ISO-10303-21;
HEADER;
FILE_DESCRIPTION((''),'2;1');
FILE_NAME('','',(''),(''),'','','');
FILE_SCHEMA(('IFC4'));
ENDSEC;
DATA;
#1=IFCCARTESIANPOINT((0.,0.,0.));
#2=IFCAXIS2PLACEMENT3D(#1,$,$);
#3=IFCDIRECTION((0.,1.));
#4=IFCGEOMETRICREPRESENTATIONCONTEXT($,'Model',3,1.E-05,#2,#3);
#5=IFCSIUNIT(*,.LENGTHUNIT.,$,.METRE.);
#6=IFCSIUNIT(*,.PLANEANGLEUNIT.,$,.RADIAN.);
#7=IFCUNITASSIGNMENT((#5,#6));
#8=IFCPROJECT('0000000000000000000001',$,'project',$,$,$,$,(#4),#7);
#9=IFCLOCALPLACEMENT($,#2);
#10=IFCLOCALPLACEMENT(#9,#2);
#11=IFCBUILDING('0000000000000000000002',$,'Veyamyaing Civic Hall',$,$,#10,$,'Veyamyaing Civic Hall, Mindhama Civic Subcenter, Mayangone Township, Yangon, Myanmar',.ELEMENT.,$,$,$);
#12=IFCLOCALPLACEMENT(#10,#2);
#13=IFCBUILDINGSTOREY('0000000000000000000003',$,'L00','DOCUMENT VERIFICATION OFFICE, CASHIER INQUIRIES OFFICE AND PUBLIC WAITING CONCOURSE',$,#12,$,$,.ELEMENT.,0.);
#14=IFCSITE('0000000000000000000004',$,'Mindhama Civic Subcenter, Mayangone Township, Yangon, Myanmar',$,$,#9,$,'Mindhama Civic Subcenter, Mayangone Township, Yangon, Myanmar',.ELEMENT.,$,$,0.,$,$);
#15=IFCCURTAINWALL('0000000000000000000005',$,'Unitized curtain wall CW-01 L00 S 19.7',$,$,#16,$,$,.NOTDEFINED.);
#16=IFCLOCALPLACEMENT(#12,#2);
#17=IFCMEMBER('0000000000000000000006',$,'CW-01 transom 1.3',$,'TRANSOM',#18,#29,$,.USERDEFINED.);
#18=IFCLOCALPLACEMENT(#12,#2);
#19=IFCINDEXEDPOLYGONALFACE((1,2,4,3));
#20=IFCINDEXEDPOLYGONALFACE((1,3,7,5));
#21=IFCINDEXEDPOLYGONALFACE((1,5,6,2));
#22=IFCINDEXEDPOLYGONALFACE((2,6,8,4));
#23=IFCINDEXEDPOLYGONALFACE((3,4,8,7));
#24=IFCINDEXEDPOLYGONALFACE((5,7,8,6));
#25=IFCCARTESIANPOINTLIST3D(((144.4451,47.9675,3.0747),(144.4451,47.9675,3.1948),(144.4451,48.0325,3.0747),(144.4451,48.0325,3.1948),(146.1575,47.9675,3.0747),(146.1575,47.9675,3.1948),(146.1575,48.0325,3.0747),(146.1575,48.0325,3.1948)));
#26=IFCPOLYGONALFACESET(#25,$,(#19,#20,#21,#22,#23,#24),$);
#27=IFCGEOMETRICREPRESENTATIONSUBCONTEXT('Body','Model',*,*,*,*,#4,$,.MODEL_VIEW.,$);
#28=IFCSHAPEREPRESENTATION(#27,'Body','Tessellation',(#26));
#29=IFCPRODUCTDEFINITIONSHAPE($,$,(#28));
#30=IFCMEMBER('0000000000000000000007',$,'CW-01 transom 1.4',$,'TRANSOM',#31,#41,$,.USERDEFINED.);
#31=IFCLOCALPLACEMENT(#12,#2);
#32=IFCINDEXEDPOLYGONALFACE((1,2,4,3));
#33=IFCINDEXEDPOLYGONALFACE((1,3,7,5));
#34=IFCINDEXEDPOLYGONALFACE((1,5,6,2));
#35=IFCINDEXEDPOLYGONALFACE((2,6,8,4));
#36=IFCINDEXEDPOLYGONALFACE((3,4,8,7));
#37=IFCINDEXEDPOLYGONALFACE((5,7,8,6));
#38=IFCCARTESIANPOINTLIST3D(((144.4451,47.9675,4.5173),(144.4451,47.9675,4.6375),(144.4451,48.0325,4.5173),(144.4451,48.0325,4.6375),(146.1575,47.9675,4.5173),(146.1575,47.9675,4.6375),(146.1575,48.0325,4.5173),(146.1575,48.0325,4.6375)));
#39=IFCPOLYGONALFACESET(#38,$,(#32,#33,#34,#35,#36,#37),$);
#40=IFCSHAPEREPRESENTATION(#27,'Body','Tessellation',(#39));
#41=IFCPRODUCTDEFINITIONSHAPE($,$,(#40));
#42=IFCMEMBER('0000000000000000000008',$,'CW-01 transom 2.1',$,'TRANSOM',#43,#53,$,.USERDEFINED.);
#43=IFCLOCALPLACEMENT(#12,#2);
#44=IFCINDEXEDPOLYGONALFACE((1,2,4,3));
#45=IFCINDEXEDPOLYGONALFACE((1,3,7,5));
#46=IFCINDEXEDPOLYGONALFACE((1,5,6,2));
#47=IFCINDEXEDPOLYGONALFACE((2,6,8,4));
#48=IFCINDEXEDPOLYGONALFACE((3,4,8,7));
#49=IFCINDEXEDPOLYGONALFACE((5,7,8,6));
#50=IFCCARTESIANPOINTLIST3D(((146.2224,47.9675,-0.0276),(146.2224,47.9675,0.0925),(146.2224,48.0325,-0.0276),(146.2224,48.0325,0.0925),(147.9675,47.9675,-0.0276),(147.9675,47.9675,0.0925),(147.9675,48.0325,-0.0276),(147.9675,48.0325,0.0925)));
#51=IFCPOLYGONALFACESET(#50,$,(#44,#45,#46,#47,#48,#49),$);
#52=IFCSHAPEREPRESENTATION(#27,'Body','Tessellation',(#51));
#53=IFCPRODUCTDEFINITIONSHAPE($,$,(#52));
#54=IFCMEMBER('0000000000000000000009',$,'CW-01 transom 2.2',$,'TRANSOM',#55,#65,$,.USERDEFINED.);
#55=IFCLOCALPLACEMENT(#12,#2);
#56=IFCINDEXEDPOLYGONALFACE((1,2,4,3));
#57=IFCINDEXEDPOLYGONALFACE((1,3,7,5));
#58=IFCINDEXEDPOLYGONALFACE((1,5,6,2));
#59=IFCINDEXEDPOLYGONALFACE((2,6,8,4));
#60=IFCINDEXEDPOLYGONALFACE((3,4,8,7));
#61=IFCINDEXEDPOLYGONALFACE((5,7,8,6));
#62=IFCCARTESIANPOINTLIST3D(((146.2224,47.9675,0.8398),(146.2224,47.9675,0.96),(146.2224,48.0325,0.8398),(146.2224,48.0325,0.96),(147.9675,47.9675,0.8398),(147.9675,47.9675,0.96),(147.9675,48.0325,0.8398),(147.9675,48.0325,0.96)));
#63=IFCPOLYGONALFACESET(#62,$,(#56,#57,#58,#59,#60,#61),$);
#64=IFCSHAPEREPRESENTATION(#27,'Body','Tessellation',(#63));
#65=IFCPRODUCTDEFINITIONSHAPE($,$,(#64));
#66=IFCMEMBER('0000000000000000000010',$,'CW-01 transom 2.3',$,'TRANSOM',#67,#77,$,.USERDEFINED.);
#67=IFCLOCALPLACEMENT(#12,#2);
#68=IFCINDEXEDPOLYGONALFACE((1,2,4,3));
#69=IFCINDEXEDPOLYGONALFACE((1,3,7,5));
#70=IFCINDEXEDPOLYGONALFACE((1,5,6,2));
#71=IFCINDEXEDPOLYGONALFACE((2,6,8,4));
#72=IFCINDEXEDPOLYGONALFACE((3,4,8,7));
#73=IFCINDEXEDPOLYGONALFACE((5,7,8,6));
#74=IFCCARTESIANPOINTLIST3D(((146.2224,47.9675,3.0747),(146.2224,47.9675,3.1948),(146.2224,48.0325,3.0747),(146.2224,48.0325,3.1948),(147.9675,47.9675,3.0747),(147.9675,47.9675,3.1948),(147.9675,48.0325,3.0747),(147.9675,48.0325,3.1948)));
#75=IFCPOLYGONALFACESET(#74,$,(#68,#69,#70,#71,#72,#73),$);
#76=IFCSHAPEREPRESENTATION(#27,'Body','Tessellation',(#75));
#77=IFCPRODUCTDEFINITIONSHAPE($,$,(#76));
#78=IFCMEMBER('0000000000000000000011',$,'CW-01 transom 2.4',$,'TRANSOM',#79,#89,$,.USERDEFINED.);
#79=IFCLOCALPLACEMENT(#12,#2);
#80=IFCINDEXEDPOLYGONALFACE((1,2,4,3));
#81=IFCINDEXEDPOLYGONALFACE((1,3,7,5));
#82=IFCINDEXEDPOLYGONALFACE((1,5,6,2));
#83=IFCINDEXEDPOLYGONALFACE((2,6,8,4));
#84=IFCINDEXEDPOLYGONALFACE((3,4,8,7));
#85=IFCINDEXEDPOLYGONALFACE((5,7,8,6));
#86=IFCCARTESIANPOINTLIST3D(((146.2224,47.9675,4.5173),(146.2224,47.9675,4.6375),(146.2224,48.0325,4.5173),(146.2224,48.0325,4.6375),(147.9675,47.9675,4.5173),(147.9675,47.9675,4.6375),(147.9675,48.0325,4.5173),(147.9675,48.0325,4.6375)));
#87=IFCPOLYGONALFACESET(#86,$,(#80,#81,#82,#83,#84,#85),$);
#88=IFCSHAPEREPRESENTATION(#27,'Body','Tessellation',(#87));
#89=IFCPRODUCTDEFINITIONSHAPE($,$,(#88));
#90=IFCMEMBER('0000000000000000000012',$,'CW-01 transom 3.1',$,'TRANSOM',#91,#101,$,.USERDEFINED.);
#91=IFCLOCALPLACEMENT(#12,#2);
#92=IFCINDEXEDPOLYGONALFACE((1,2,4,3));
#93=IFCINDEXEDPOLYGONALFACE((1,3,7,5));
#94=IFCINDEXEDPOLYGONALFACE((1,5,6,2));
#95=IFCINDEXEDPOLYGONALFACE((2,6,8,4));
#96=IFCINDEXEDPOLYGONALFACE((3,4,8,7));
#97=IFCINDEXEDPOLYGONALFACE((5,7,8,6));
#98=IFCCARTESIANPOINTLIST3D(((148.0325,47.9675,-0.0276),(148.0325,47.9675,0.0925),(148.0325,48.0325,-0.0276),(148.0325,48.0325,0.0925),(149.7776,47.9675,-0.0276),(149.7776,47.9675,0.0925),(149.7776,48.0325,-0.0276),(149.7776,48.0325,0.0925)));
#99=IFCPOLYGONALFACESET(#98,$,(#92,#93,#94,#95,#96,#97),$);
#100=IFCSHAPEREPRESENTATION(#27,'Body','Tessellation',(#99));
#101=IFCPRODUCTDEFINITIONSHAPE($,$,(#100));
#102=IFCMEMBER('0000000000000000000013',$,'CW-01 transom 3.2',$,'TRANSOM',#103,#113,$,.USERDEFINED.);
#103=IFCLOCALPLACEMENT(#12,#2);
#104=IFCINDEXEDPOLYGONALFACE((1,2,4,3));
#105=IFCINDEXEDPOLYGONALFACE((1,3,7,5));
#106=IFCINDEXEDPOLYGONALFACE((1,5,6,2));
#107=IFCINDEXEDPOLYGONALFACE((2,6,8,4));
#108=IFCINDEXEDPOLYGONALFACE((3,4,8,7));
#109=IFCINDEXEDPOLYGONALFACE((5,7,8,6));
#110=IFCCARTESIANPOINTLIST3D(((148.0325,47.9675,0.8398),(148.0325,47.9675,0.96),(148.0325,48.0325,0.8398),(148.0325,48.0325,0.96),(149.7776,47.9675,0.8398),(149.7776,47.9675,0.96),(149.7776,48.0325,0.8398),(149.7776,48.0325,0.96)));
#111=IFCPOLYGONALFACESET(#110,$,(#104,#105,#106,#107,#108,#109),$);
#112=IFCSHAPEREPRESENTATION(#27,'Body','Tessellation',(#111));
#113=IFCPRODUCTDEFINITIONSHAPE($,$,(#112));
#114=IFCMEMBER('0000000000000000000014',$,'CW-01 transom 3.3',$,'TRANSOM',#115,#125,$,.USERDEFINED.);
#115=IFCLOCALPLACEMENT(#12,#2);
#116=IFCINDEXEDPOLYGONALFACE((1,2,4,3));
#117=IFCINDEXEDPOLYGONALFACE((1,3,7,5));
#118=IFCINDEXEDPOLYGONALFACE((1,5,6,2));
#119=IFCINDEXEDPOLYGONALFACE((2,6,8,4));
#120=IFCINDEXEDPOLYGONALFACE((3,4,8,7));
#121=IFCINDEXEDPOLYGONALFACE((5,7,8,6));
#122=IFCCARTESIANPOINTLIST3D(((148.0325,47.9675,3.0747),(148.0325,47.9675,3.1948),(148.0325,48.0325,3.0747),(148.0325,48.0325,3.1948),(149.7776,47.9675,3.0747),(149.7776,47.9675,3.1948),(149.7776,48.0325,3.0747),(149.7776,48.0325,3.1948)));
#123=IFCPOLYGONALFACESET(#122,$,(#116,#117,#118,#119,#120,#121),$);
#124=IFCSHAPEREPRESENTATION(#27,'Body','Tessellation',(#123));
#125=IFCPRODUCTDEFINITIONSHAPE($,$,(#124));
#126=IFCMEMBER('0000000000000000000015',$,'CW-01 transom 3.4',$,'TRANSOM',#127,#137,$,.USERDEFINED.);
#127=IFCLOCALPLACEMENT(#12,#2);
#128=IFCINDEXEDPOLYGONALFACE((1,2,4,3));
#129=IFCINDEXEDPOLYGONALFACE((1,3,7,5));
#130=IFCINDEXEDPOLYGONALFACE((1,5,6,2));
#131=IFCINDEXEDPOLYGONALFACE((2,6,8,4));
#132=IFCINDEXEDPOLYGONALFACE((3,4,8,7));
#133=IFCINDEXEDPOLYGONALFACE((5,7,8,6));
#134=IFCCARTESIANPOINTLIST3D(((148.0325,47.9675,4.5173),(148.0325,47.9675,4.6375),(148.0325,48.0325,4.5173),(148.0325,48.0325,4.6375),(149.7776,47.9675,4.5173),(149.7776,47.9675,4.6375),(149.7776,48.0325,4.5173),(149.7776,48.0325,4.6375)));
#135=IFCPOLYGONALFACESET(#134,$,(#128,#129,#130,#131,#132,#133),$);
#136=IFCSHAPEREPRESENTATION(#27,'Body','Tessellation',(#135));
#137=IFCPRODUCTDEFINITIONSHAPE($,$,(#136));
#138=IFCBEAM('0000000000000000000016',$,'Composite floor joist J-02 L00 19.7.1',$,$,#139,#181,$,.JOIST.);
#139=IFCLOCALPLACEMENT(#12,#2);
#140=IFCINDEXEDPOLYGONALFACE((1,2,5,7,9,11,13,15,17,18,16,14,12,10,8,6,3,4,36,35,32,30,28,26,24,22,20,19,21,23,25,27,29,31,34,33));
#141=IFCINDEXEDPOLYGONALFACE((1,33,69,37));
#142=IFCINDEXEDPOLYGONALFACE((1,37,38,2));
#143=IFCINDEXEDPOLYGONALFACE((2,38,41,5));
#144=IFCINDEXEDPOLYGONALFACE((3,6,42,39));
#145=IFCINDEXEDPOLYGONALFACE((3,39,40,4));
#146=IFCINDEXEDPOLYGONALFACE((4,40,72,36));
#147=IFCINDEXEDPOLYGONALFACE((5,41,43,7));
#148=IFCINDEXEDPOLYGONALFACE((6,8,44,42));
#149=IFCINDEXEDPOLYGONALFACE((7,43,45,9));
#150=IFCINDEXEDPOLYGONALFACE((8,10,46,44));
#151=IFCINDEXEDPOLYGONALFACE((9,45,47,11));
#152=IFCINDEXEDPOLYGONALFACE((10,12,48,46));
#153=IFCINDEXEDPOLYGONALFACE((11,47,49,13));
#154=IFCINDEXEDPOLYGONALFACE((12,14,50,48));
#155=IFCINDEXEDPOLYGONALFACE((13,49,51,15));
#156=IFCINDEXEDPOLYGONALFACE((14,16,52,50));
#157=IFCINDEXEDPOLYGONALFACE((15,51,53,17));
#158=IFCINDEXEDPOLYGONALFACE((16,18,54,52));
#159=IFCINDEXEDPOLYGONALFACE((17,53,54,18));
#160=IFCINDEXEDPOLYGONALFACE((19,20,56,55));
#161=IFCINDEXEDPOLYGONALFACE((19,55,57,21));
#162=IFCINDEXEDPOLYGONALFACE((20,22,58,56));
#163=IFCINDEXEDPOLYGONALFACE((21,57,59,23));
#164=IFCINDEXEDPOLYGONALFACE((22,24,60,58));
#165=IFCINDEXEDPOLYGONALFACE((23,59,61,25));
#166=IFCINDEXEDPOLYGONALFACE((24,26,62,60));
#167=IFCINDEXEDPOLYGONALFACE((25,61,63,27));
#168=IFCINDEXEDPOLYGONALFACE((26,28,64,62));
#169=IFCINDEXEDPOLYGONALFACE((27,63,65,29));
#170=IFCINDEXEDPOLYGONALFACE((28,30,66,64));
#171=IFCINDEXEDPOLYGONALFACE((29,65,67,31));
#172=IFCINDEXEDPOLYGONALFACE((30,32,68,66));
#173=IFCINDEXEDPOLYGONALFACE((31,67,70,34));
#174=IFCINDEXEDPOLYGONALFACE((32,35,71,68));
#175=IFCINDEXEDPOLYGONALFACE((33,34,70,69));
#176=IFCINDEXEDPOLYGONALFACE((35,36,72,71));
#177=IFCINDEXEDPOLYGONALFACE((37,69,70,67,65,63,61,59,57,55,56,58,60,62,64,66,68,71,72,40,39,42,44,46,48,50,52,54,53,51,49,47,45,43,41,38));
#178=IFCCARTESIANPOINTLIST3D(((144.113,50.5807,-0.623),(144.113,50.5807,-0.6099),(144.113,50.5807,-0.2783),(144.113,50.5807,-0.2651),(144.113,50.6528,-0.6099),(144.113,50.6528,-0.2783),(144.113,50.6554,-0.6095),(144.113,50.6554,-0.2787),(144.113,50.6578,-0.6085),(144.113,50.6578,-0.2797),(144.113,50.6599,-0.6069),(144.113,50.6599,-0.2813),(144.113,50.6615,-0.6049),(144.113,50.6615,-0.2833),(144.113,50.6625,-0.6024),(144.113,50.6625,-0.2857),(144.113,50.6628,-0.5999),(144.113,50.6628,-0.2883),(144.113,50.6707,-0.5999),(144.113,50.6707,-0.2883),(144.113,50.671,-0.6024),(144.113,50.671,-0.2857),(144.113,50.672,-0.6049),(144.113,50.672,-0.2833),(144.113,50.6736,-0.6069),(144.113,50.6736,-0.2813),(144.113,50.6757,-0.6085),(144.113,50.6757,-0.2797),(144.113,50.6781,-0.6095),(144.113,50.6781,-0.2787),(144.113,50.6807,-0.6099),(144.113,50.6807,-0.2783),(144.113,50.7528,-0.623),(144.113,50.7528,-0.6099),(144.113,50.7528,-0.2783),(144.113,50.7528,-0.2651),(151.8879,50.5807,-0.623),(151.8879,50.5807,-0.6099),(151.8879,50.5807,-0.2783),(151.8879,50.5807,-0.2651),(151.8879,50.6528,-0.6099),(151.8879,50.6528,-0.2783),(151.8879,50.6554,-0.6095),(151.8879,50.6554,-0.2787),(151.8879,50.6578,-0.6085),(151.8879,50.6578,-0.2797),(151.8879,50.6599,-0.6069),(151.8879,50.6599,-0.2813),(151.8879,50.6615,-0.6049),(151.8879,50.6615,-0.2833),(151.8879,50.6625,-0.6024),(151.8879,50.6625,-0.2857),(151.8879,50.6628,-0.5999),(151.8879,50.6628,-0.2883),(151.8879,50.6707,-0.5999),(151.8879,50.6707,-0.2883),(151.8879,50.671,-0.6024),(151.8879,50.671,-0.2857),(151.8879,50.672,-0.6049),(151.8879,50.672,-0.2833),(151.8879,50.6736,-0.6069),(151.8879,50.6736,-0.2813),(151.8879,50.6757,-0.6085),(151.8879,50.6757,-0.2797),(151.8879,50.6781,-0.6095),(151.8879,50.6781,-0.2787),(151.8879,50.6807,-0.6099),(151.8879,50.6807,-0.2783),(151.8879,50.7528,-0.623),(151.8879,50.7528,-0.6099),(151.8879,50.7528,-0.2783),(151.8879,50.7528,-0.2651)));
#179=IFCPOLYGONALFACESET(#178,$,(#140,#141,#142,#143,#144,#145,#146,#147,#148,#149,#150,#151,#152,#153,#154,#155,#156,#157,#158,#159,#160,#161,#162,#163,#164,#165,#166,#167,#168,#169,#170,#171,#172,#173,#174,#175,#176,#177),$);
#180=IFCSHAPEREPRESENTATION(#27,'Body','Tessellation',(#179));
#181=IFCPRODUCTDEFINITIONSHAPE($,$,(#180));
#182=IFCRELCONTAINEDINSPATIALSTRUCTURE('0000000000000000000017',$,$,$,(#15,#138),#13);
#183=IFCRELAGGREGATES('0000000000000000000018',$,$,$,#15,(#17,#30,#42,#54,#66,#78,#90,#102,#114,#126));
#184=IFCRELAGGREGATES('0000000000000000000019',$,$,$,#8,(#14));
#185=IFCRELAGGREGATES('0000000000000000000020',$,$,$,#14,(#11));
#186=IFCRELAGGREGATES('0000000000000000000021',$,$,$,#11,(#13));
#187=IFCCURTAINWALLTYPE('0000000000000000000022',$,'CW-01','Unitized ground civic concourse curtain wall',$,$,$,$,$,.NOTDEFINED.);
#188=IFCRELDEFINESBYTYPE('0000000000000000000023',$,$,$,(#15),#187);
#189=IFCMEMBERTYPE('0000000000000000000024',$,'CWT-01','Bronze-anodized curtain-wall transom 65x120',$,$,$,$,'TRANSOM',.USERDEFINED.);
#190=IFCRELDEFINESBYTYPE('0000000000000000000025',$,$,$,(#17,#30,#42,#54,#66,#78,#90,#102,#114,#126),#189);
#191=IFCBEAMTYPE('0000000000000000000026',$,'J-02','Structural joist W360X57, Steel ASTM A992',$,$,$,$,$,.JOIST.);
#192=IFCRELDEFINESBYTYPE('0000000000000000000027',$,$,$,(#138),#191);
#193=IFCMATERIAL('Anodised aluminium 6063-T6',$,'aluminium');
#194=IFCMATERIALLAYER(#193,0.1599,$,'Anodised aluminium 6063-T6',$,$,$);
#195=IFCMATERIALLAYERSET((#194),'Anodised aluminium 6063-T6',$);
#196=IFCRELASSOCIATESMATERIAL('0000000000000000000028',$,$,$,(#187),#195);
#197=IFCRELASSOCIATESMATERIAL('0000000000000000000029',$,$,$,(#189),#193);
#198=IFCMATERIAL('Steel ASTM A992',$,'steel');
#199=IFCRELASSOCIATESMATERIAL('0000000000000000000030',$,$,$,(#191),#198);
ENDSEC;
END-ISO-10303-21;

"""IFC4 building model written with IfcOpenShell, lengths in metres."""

from ifc_helpers import new_model, si_unit, direction, frame, origin, origin_2d, place, context, subcontext, project, spatial, rectangle, i_section, extrude, material, layer, layer_set, material_profile, profile_set, type_object, element, aggregate, save


model = new_model("IFC4")

# Units and contexts
model_context = context("Model", 3, precision=1e-05, world=origin(), true_north=direction((0.0, 1.0)))
body_context = subcontext(model_context, "Body", "Model", "MODEL_VIEW")
ifc_project = project(units=[si_unit("LENGTHUNIT", "METRE"), si_unit("PLANEANGLEUNIT", "RADIAN")], contexts=[model_context])

# Site, building, storey
site_placement = place(None, origin())
site = spatial("IfcSite", under=ifc_project, at=site_placement, Name="Mindhama Civic Subcenter, Mayangone Township, Yangon, Myanmar", LongName="Mindhama Civic Subcenter, Mayangone Township, Yangon, Myanmar", CompositionType="ELEMENT", RefElevation=0.0)
building_placement = place(site_placement, origin())
building = spatial("IfcBuilding", under=site, at=building_placement, Name="Veyamyaing Civic Hall", LongName="Veyamyaing Civic Hall, Mindhama Civic Subcenter, Mayangone Township, Yangon, Myanmar", CompositionType="ELEMENT")
storey_placement = place(building_placement, origin())
storey = spatial("IfcBuildingStorey", under=building, at=storey_placement, Name="L00", Description="DOCUMENT VERIFICATION OFFICE, CASHIER INQUIRIES OFFICE AND PUBLIC WAITING CONCOURSE", CompositionType="ELEMENT", Elevation=0.0)

# Shared definitions
ifc_material_1 = material(Name="Steel ASTM A992", Category="steel")

# Shared definitions
ifc_material_2 = material(Name="Anodised aluminium 6063-T6", Category="aluminium")
ifc_layer_1 = layer(ifc_material_2, 0.1599, Name="Anodised aluminium 6063-T6")
ifc_layer_set_1 = layer_set([ifc_layer_1], Name="Anodised aluminium 6063-T6")
curtain_wall_type = type_object("IfcCurtainWallType", Name="CW-01", Description="Unitized ground civic concourse curtain wall", PredefinedType="NOTDEFINED", material=ifc_layer_set_1)

# Curtain wall, members
curtain_wall_1_placement = place(storey_placement, origin())
curtain_wall_1 = element("IfcCurtainWall", 1, at=curtain_wall_1_placement, inside=storey, type_object=curtain_wall_type, Name="Unitized curtain wall CW-01 L00 S 19.7", PredefinedType="NOTDEFINED")
ifc_material_profile_1 = material_profile(ifc_material_2, rectangle(XDim=0.0649, YDim=0.1201, at=origin_2d()), Name="ALU-TRN-65X120")
ifc_profile_set_1 = profile_set([ifc_material_profile_1], Name="Anodised aluminium 6063-T6")
member_type_1 = type_object("IfcMemberType", Name="CWT-01", Description="Bronze-anodized curtain-wall transom 65x120", ElementType="TRANSOM", PredefinedType="USERDEFINED", material=ifc_profile_set_1)
member_1_placement = place(storey_placement, frame((144.4451, 48.0, 3.1348), z_axis=(1.0, 0.0, 0.0), x_axis=(0.0, 1.0, 0.0)))
member_1 = element("IfcMember", 2, at=member_1_placement, type_object=member_type_1, Name="CW-01 transom 1.3", ObjectType="TRANSOM", PredefinedType="USERDEFINED", context=body_context, shape_type="SweptSolid", body=[
    extrude(rectangle(XDim=0.0649, YDim=0.1201, at=origin_2d()), origin(), (0.0, 0.0, 1.0), 1.7124),
])
member_2_placement = place(storey_placement, frame((144.4451, 48.0, 4.5774), z_axis=(1.0, 0.0, 0.0), x_axis=(0.0, 1.0, 0.0)))
member_2 = element("IfcMember", 3, at=member_2_placement, type_object=member_type_1, Name="CW-01 transom 1.4", ObjectType="TRANSOM", PredefinedType="USERDEFINED", context=body_context, shape_type="SweptSolid", body=[
    extrude(rectangle(XDim=0.0649, YDim=0.1201, at=origin_2d()), origin(), (0.0, 0.0, 1.0), 1.7124),
])
member_3_placement = place(storey_placement, frame((146.2224, 48.0, 0.0325), z_axis=(1.0, 0.0, 0.0), x_axis=(0.0, 1.0, 0.0)))
member_3 = element("IfcMember", 4, at=member_3_placement, type_object=member_type_1, Name="CW-01 transom 2.1", ObjectType="TRANSOM", PredefinedType="USERDEFINED", context=body_context, shape_type="SweptSolid", body=[
    extrude(rectangle(XDim=0.0649, YDim=0.1201, at=origin_2d()), origin(), (0.0, 0.0, 1.0), 1.7451),
])
member_4_placement = place(storey_placement, frame((146.2224, 48.0, 0.8999), z_axis=(1.0, 0.0, 0.0), x_axis=(0.0, 1.0, 0.0)))
member_4 = element("IfcMember", 5, at=member_4_placement, type_object=member_type_1, Name="CW-01 transom 2.2", ObjectType="TRANSOM", PredefinedType="USERDEFINED", context=body_context, shape_type="SweptSolid", body=[
    extrude(rectangle(XDim=0.0649, YDim=0.1201, at=origin_2d()), origin(), (0.0, 0.0, 1.0), 1.7451),
])
member_5_placement = place(storey_placement, frame((146.2224, 48.0, 3.1348), z_axis=(1.0, 0.0, 0.0), x_axis=(0.0, 1.0, 0.0)))
member_5 = element("IfcMember", 6, at=member_5_placement, type_object=member_type_1, Name="CW-01 transom 2.3", ObjectType="TRANSOM", PredefinedType="USERDEFINED", context=body_context, shape_type="SweptSolid", body=[
    extrude(rectangle(XDim=0.0649, YDim=0.1201, at=origin_2d()), origin(), (0.0, 0.0, 1.0), 1.7451),
])
member_6_placement = place(storey_placement, frame((146.2224, 48.0, 4.5774), z_axis=(1.0, 0.0, 0.0), x_axis=(0.0, 1.0, 0.0)))
member_6 = element("IfcMember", 7, at=member_6_placement, type_object=member_type_1, Name="CW-01 transom 2.4", ObjectType="TRANSOM", PredefinedType="USERDEFINED", context=body_context, shape_type="SweptSolid", body=[
    extrude(rectangle(XDim=0.0649, YDim=0.1201, at=origin_2d()), origin(), (0.0, 0.0, 1.0), 1.7451),
])
member_7_placement = place(storey_placement, frame((148.0325, 48.0, 0.0325), z_axis=(1.0, 0.0, 0.0), x_axis=(0.0, 1.0, 0.0)))
member_7 = element("IfcMember", 8, at=member_7_placement, type_object=member_type_1, Name="CW-01 transom 3.1", ObjectType="TRANSOM", PredefinedType="USERDEFINED", context=body_context, shape_type="SweptSolid", body=[
    extrude(rectangle(XDim=0.0649, YDim=0.1201, at=origin_2d()), origin(), (0.0, 0.0, 1.0), 1.7451),
])
member_8_placement = place(storey_placement, frame((148.0325, 48.0, 0.8999), z_axis=(1.0, 0.0, 0.0), x_axis=(0.0, 1.0, 0.0)))
member_8 = element("IfcMember", 9, at=member_8_placement, type_object=member_type_1, Name="CW-01 transom 3.2", ObjectType="TRANSOM", PredefinedType="USERDEFINED", context=body_context, shape_type="SweptSolid", body=[
    extrude(rectangle(XDim=0.0649, YDim=0.1201, at=origin_2d()), origin(), (0.0, 0.0, 1.0), 1.7451),
])
member_9_placement = place(storey_placement, frame((148.0325, 48.0, 3.1348), z_axis=(1.0, 0.0, 0.0), x_axis=(0.0, 1.0, 0.0)))
member_9 = element("IfcMember", 10, at=member_9_placement, type_object=member_type_1, Name="CW-01 transom 3.3", ObjectType="TRANSOM", PredefinedType="USERDEFINED", context=body_context, shape_type="SweptSolid", body=[
    extrude(rectangle(XDim=0.0649, YDim=0.1201, at=origin_2d()), origin(), (0.0, 0.0, 1.0), 1.7451),
])
member_10_placement = place(storey_placement, frame((148.0325, 48.0, 4.5774), z_axis=(1.0, 0.0, 0.0), x_axis=(0.0, 1.0, 0.0)))
member_10 = element("IfcMember", 11, at=member_10_placement, type_object=member_type_1, Name="CW-01 transom 3.4", ObjectType="TRANSOM", PredefinedType="USERDEFINED", context=body_context, shape_type="SweptSolid", body=[
    extrude(rectangle(XDim=0.0649, YDim=0.1201, at=origin_2d()), origin(), (0.0, 0.0, 1.0), 1.7451),
])

# Beam
ifc_material_profile_2 = material_profile(ifc_material_1, i_section(OverallWidth=0.1721, OverallDepth=0.3579, WebThickness=0.0078, FlangeThickness=0.0132, FilletRadius=0.01, at=origin_2d()), Name="W360X57")
ifc_profile_set_2 = profile_set([ifc_material_profile_2], Name="Steel ASTM A992")
beam_type_1 = type_object("IfcBeamType", Name="J-02", Description="Structural joist W360X57, Steel ASTM A992", PredefinedType="JOIST", material=ifc_profile_set_2)
for number, where, z_axis, x_axis, name in (
    (12, (144.113, 50.6667, -0.4441), (1.0, 0.0, 0.0), (0.0, 1.0, 0.0), "Composite floor joist J-02 L00 19.7.1"),
):
    element("IfcBeam", number, at=place(storey_placement, frame(where, z_axis=z_axis, x_axis=x_axis)), inside=storey, type_object=beam_type_1, Name=name, PredefinedType="JOIST", context=body_context, shape_type="SweptSolid", body=[
        extrude(i_section(OverallWidth=0.1721, OverallDepth=0.3579, WebThickness=0.0078, FlangeThickness=0.0132, FilletRadius=0.01, at=origin_2d()), origin(), (0.0, 0.0, 1.0), 7.7749),
    ])

aggregate(curtain_wall_1, [member_1, member_2, member_3, member_4, member_5, member_6, member_7, member_8, member_9, member_10])

save(model, "model.ifc")
